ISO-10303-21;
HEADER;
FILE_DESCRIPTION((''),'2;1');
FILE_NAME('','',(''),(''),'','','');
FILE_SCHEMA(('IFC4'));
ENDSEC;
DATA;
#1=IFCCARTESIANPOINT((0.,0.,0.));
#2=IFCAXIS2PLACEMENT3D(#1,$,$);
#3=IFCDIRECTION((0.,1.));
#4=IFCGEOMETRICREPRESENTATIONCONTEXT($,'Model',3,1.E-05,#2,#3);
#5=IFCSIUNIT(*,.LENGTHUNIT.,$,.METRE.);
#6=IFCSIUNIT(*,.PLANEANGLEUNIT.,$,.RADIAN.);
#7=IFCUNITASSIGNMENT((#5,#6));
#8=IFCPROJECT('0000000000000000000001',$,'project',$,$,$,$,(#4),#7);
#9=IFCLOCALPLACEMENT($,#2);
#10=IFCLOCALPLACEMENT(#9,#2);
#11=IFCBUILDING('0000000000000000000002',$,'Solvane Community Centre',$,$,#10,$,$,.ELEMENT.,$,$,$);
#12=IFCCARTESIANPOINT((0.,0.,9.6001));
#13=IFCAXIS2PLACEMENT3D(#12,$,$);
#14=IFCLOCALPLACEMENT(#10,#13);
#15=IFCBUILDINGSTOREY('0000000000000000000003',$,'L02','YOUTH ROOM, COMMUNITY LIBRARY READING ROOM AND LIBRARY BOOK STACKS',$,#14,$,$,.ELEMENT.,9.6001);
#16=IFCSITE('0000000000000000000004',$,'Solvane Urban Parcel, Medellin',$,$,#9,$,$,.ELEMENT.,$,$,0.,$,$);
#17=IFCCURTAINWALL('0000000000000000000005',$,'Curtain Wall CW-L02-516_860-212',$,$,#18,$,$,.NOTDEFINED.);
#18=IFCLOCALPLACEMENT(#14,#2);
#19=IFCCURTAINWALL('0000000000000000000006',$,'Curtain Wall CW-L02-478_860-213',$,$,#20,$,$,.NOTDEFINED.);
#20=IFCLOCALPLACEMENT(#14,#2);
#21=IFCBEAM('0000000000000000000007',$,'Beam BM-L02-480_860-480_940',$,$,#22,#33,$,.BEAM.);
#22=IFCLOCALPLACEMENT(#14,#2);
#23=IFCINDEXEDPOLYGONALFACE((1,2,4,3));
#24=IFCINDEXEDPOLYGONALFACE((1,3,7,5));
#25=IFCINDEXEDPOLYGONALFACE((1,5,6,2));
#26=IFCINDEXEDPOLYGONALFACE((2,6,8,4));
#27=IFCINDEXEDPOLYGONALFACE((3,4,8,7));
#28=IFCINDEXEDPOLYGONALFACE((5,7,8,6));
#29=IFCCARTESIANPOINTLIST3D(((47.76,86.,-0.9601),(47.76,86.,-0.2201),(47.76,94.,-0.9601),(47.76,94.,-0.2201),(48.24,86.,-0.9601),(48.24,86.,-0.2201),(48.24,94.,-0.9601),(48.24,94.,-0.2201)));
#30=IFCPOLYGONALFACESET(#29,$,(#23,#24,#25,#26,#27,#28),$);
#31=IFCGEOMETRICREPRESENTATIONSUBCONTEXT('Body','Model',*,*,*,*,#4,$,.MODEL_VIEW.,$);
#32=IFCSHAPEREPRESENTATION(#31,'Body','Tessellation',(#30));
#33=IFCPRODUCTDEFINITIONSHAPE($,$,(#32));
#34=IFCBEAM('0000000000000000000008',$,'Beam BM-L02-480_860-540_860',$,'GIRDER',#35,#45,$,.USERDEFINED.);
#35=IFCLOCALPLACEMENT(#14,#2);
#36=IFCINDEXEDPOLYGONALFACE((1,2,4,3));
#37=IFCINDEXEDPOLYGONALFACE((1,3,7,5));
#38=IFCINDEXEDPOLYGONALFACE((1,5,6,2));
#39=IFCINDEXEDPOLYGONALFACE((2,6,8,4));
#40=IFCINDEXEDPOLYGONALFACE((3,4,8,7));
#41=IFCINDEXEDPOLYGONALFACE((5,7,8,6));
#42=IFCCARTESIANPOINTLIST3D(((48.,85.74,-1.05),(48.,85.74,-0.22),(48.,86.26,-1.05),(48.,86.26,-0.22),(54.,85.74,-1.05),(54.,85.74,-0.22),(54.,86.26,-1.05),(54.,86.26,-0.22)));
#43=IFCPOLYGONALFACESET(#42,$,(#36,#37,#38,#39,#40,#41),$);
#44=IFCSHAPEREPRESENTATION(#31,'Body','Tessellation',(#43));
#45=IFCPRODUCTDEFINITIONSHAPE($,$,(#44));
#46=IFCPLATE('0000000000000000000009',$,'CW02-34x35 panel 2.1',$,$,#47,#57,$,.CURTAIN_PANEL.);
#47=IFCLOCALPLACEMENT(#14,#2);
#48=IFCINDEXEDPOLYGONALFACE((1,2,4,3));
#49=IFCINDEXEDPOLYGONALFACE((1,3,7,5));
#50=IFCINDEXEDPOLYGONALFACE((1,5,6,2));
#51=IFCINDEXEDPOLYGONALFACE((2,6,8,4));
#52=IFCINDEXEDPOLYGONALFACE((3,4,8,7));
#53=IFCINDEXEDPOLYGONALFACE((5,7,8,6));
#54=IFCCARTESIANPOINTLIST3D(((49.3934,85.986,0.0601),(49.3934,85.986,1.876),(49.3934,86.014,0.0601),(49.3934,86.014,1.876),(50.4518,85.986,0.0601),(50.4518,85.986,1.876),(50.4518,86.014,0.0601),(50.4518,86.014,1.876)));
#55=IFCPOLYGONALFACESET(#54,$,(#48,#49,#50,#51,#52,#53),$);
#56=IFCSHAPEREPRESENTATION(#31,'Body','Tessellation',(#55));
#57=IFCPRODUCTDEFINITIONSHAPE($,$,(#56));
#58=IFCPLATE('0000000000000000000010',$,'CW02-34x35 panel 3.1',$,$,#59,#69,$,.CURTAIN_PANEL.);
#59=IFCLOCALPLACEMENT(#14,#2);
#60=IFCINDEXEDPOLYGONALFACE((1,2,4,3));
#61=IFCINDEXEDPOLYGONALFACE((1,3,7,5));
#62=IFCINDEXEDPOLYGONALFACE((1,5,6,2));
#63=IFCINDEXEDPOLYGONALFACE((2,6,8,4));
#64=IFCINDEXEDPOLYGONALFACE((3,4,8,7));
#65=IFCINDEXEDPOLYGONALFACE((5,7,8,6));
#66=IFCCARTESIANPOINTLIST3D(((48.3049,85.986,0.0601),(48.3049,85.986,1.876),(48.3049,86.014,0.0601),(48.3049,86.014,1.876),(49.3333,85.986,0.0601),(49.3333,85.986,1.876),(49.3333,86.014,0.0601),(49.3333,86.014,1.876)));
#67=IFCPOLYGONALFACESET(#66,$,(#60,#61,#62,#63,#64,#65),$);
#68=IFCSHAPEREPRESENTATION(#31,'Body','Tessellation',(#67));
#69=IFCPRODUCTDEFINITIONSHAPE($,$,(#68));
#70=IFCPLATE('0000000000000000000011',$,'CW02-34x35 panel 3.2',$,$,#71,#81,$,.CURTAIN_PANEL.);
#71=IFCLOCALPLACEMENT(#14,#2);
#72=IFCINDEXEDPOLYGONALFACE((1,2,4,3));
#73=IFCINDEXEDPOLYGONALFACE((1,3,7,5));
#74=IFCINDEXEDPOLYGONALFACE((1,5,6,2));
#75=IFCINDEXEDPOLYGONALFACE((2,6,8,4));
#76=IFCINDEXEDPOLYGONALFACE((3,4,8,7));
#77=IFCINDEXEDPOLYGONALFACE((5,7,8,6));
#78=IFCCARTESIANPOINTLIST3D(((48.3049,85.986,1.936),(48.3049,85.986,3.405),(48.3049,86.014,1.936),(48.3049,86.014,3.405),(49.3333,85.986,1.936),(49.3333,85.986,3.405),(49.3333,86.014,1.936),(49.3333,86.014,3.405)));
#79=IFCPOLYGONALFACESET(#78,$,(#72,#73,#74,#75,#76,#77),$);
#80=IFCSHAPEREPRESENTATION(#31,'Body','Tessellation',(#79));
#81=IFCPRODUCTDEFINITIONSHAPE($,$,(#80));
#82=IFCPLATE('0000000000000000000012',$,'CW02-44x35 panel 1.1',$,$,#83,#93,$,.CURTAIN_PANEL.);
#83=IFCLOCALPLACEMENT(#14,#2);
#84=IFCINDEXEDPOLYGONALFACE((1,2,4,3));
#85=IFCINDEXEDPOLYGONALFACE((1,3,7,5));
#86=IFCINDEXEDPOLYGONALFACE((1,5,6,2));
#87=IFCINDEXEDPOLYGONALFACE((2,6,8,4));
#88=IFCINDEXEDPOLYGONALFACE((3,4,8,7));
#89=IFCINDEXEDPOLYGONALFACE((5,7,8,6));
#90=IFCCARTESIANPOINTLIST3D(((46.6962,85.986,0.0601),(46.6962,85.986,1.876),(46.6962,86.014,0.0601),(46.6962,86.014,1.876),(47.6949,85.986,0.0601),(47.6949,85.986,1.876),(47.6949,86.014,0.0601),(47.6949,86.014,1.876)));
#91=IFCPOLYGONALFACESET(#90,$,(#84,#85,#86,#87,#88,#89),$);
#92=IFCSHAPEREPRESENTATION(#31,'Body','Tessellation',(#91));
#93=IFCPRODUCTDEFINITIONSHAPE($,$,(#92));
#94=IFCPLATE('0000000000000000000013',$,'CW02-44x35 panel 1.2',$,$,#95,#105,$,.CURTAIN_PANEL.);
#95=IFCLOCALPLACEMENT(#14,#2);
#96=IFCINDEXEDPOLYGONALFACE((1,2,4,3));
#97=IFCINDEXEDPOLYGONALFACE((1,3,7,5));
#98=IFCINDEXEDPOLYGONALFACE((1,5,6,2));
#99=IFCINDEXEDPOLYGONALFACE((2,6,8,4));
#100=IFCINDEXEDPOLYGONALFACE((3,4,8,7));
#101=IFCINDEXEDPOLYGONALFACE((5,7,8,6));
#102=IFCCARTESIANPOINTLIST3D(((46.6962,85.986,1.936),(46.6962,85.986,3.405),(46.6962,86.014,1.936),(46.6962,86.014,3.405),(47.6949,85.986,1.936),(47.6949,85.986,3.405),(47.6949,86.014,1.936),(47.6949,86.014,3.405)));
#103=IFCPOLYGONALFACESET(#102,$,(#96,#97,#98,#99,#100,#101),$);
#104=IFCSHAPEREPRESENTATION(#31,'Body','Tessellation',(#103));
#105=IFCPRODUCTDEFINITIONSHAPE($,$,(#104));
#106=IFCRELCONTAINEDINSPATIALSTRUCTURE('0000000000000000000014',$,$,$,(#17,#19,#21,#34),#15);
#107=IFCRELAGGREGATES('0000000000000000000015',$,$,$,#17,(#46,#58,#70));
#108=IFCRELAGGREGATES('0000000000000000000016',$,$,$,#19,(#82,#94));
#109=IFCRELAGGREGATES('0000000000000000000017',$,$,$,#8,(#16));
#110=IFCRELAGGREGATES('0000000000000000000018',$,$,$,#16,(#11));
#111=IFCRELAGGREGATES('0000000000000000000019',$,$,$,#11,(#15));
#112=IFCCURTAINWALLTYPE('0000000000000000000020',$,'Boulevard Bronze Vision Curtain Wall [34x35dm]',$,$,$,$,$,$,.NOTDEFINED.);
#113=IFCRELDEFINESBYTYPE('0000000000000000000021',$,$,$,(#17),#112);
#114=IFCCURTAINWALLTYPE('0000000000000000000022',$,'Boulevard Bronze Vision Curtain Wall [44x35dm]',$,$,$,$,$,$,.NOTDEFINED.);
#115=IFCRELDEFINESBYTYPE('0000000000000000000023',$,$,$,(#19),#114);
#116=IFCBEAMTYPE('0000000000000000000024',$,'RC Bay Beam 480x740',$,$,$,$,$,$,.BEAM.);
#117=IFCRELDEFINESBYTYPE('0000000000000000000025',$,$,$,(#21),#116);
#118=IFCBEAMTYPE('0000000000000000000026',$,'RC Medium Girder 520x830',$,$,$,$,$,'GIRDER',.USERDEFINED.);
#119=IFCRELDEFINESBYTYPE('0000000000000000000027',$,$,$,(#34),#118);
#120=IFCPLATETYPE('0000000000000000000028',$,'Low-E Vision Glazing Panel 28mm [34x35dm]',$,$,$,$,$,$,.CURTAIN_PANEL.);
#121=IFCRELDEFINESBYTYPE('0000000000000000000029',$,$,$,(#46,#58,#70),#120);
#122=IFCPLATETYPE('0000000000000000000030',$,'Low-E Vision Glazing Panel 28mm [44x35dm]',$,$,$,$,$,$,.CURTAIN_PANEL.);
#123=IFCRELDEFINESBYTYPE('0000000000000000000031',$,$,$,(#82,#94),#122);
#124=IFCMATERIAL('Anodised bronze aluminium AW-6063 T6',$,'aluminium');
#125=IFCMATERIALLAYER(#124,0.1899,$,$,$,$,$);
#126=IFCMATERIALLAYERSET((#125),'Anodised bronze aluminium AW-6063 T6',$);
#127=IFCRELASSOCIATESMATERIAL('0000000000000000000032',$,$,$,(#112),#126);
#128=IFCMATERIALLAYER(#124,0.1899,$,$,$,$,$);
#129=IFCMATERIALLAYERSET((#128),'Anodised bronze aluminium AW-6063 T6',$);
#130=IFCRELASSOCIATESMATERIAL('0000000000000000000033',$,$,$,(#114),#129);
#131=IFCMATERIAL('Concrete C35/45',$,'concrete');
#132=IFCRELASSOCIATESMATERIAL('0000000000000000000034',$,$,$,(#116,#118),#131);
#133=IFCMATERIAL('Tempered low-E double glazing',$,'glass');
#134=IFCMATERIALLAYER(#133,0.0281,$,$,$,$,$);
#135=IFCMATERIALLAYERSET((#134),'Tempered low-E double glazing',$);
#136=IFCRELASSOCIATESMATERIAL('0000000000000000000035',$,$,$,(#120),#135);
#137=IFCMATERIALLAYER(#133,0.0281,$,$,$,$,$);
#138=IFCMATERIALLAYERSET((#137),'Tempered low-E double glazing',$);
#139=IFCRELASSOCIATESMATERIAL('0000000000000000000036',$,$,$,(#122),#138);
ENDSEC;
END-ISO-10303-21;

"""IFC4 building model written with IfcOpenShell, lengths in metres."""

from ifc_helpers import new_model, si_unit, direction, frame, origin, origin_2d, place, context, subcontext, project, spatial, rectangle, extrude, material, layer, layer_set, material_profile, profile_set, type_object, element, aggregate, save


model = new_model("IFC4")

# Units and contexts
model_context = context("Model", 3, precision=1e-05, world=origin(), true_north=direction((0.0, 1.0)))
body_context = subcontext(model_context, "Body", "Model", "MODEL_VIEW")
ifc_project = project(units=[si_unit("LENGTHUNIT", "METRE"), si_unit("PLANEANGLEUNIT", "RADIAN")], contexts=[model_context])

# Site, building, storey
site_placement = place(None, origin())
site = spatial("IfcSite", under=ifc_project, at=site_placement, Name="Solvane Urban Parcel, Medellin", CompositionType="ELEMENT", RefElevation=0.0)
building_placement = place(site_placement, origin())
building = spatial("IfcBuilding", under=site, at=building_placement, Name="Solvane Community Centre", CompositionType="ELEMENT")
storey_placement = place(building_placement, frame((0.0, 0.0, 9.6001)))
storey = spatial("IfcBuildingStorey", under=building, at=storey_placement, Name="L02", Description="YOUTH ROOM, COMMUNITY LIBRARY READING ROOM AND LIBRARY BOOK STACKS", CompositionType="ELEMENT", Elevation=9.6001)

# Curtain walls
ifc_material_1 = material(Name="Anodised bronze aluminium AW-6063 T6", Category="aluminium")
ifc_layer_1 = layer(ifc_material_1, 0.1899)
ifc_layer_set_1 = layer_set([ifc_layer_1], Name="Anodised bronze aluminium AW-6063 T6")
curtain_wall_type_1 = type_object("IfcCurtainWallType", Name="Boulevard Bronze Vision Curtain Wall [34x35dm]", PredefinedType="NOTDEFINED", material=ifc_layer_set_1)
curtain_wall_1_placement = place(storey_placement, origin())
curtain_wall_1 = element("IfcCurtainWall", 1, at=curtain_wall_1_placement, inside=storey, type_object=curtain_wall_type_1, Name="Curtain Wall CW-L02-516_860-212", PredefinedType="NOTDEFINED")
ifc_layer_2 = layer(ifc_material_1, 0.1899)
ifc_layer_set_2 = layer_set([ifc_layer_2], Name="Anodised bronze aluminium AW-6063 T6")
curtain_wall_type_2 = type_object("IfcCurtainWallType", Name="Boulevard Bronze Vision Curtain Wall [44x35dm]", PredefinedType="NOTDEFINED", material=ifc_layer_set_2)
curtain_wall_2_placement = place(storey_placement, origin())
curtain_wall_2 = element("IfcCurtainWall", 2, at=curtain_wall_2_placement, inside=storey, type_object=curtain_wall_type_2, Name="Curtain Wall CW-L02-478_860-213", PredefinedType="NOTDEFINED")

# Beams
ifc_material_2 = material(Name="Concrete C35/45", Category="concrete")
ifc_material_profile_1 = material_profile(ifc_material_2, rectangle(XDim=0.48, YDim=0.74, at=origin_2d()), Name="RC 480x740")
ifc_profile_set_1 = profile_set([ifc_material_profile_1], Name="Concrete C35/45")
beam_type_1 = type_object("IfcBeamType", Name="RC Bay Beam 480x740", PredefinedType="BEAM", material=ifc_profile_set_1)
beam_1_placement = place(storey_placement, frame((48.0, 86.0, -0.5901), z_axis=(0.0, 1.0, 0.0), x_axis=(-1.0, 0.0, 0.0)))
element("IfcBeam", 3, at=beam_1_placement, inside=storey, type_object=beam_type_1, Name="Beam BM-L02-480_860-480_940", PredefinedType="BEAM", context=body_context, shape_type="SweptSolid", body=[
    extrude(rectangle(XDim=0.48, YDim=0.74, at=origin_2d()), origin(), (0.0, 0.0, 1.0), 8.0),
])
ifc_material_profile_2 = material_profile(ifc_material_2, rectangle(XDim=0.52, YDim=0.8301, at=origin_2d()), Name="RC 520x830")
ifc_profile_set_2 = profile_set([ifc_material_profile_2], Name="Concrete C35/45")
beam_type_2 = type_object("IfcBeamType", Name="RC Medium Girder 520x830", ElementType="GIRDER", PredefinedType="USERDEFINED", material=ifc_profile_set_2)
beam_2_placement = place(storey_placement, frame((48.0, 86.0, -0.635), z_axis=(1.0, 0.0, 0.0), x_axis=(0.0, 1.0, 0.0)))
element("IfcBeam", 4, at=beam_2_placement, inside=storey, type_object=beam_type_2, Name="Beam BM-L02-480_860-540_860", ObjectType="GIRDER", PredefinedType="USERDEFINED", context=body_context, shape_type="SweptSolid", body=[
    extrude(rectangle(XDim=0.52, YDim=0.8301, at=origin_2d()), origin(), (0.0, 0.0, 1.0), 6.0),
])

# Plates
ifc_material_3 = material(Name="Tempered low-E double glazing", Category="glass")
ifc_layer_3 = layer(ifc_material_3, 0.0281)
ifc_layer_set_3 = layer_set([ifc_layer_3], Name="Tempered low-E double glazing")
plate_type_1 = type_object("IfcPlateType", Name="Low-E Vision Glazing Panel 28mm [34x35dm]", PredefinedType="CURTAIN_PANEL", material=ifc_layer_set_3)
plate_1_placement = place(storey_placement, frame((49.9226, 86.0, 0.0601), z_axis=(0.0, 0.0, 1.0), x_axis=(-1.0, 0.0, 0.0)))
plate_1 = element("IfcPlate", 5, at=plate_1_placement, type_object=plate_type_1, Name="CW02-34x35 panel 2.1", PredefinedType="CURTAIN_PANEL", context=body_context, shape_type="SweptSolid", body=[
    extrude(rectangle(XDim=1.0583, YDim=0.0281, at=origin_2d()), origin(), (0.0, 0.0, 1.0), 1.8159),
])
plate_2_placement = place(storey_placement, frame((48.8191, 86.0, 0.0601), z_axis=(0.0, 0.0, 1.0), x_axis=(-1.0, 0.0, 0.0)))
plate_2 = element("IfcPlate", 6, at=plate_2_placement, type_object=plate_type_1, Name="CW02-34x35 panel 3.1", PredefinedType="CURTAIN_PANEL", context=body_context, shape_type="SweptSolid", body=[
    extrude(rectangle(XDim=1.0283, YDim=0.0281, at=origin_2d()), origin(), (0.0, 0.0, 1.0), 1.8159),
])
plate_3_placement = place(storey_placement, frame((48.8191, 86.0, 1.936), z_axis=(0.0, 0.0, 1.0), x_axis=(-1.0, 0.0, 0.0)))
plate_3 = element("IfcPlate", 7, at=plate_3_placement, type_object=plate_type_1, Name="CW02-34x35 panel 3.2", PredefinedType="CURTAIN_PANEL", context=body_context, shape_type="SweptSolid", body=[
    extrude(rectangle(XDim=1.0283, YDim=0.0281, at=origin_2d()), origin(), (0.0, 0.0, 1.0), 1.469),
])
aggregate(curtain_wall_1, [plate_1, plate_2, plate_3])
ifc_layer_4 = layer(ifc_material_3, 0.0281)
ifc_layer_set_4 = layer_set([ifc_layer_4], Name="Tempered low-E double glazing")
plate_type_2 = type_object("IfcPlateType", Name="Low-E Vision Glazing Panel 28mm [44x35dm]", PredefinedType="CURTAIN_PANEL", material=ifc_layer_set_4)
plate_4_placement = place(storey_placement, frame((47.1956, 86.0, 0.0601), z_axis=(0.0, 0.0, 1.0), x_axis=(-1.0, 0.0, 0.0)))
plate_4 = element("IfcPlate", 8, at=plate_4_placement, type_object=plate_type_2, Name="CW02-44x35 panel 1.1", PredefinedType="CURTAIN_PANEL", context=body_context, shape_type="SweptSolid", body=[
    extrude(rectangle(XDim=0.9988, YDim=0.0281, at=origin_2d()), origin(), (0.0, 0.0, 1.0), 1.8159),
])
plate_5_placement = place(storey_placement, frame((47.1956, 86.0, 1.936), z_axis=(0.0, 0.0, 1.0), x_axis=(-1.0, 0.0, 0.0)))
plate_5 = element("IfcPlate", 9, at=plate_5_placement, type_object=plate_type_2, Name="CW02-44x35 panel 1.2", PredefinedType="CURTAIN_PANEL", context=body_context, shape_type="SweptSolid", body=[
    extrude(rectangle(XDim=0.9988, YDim=0.0281, at=origin_2d()), origin(), (0.0, 0.0, 1.0), 1.469),
])
aggregate(curtain_wall_2, [plate_4, plate_5])

save(model, "model.ifc")
